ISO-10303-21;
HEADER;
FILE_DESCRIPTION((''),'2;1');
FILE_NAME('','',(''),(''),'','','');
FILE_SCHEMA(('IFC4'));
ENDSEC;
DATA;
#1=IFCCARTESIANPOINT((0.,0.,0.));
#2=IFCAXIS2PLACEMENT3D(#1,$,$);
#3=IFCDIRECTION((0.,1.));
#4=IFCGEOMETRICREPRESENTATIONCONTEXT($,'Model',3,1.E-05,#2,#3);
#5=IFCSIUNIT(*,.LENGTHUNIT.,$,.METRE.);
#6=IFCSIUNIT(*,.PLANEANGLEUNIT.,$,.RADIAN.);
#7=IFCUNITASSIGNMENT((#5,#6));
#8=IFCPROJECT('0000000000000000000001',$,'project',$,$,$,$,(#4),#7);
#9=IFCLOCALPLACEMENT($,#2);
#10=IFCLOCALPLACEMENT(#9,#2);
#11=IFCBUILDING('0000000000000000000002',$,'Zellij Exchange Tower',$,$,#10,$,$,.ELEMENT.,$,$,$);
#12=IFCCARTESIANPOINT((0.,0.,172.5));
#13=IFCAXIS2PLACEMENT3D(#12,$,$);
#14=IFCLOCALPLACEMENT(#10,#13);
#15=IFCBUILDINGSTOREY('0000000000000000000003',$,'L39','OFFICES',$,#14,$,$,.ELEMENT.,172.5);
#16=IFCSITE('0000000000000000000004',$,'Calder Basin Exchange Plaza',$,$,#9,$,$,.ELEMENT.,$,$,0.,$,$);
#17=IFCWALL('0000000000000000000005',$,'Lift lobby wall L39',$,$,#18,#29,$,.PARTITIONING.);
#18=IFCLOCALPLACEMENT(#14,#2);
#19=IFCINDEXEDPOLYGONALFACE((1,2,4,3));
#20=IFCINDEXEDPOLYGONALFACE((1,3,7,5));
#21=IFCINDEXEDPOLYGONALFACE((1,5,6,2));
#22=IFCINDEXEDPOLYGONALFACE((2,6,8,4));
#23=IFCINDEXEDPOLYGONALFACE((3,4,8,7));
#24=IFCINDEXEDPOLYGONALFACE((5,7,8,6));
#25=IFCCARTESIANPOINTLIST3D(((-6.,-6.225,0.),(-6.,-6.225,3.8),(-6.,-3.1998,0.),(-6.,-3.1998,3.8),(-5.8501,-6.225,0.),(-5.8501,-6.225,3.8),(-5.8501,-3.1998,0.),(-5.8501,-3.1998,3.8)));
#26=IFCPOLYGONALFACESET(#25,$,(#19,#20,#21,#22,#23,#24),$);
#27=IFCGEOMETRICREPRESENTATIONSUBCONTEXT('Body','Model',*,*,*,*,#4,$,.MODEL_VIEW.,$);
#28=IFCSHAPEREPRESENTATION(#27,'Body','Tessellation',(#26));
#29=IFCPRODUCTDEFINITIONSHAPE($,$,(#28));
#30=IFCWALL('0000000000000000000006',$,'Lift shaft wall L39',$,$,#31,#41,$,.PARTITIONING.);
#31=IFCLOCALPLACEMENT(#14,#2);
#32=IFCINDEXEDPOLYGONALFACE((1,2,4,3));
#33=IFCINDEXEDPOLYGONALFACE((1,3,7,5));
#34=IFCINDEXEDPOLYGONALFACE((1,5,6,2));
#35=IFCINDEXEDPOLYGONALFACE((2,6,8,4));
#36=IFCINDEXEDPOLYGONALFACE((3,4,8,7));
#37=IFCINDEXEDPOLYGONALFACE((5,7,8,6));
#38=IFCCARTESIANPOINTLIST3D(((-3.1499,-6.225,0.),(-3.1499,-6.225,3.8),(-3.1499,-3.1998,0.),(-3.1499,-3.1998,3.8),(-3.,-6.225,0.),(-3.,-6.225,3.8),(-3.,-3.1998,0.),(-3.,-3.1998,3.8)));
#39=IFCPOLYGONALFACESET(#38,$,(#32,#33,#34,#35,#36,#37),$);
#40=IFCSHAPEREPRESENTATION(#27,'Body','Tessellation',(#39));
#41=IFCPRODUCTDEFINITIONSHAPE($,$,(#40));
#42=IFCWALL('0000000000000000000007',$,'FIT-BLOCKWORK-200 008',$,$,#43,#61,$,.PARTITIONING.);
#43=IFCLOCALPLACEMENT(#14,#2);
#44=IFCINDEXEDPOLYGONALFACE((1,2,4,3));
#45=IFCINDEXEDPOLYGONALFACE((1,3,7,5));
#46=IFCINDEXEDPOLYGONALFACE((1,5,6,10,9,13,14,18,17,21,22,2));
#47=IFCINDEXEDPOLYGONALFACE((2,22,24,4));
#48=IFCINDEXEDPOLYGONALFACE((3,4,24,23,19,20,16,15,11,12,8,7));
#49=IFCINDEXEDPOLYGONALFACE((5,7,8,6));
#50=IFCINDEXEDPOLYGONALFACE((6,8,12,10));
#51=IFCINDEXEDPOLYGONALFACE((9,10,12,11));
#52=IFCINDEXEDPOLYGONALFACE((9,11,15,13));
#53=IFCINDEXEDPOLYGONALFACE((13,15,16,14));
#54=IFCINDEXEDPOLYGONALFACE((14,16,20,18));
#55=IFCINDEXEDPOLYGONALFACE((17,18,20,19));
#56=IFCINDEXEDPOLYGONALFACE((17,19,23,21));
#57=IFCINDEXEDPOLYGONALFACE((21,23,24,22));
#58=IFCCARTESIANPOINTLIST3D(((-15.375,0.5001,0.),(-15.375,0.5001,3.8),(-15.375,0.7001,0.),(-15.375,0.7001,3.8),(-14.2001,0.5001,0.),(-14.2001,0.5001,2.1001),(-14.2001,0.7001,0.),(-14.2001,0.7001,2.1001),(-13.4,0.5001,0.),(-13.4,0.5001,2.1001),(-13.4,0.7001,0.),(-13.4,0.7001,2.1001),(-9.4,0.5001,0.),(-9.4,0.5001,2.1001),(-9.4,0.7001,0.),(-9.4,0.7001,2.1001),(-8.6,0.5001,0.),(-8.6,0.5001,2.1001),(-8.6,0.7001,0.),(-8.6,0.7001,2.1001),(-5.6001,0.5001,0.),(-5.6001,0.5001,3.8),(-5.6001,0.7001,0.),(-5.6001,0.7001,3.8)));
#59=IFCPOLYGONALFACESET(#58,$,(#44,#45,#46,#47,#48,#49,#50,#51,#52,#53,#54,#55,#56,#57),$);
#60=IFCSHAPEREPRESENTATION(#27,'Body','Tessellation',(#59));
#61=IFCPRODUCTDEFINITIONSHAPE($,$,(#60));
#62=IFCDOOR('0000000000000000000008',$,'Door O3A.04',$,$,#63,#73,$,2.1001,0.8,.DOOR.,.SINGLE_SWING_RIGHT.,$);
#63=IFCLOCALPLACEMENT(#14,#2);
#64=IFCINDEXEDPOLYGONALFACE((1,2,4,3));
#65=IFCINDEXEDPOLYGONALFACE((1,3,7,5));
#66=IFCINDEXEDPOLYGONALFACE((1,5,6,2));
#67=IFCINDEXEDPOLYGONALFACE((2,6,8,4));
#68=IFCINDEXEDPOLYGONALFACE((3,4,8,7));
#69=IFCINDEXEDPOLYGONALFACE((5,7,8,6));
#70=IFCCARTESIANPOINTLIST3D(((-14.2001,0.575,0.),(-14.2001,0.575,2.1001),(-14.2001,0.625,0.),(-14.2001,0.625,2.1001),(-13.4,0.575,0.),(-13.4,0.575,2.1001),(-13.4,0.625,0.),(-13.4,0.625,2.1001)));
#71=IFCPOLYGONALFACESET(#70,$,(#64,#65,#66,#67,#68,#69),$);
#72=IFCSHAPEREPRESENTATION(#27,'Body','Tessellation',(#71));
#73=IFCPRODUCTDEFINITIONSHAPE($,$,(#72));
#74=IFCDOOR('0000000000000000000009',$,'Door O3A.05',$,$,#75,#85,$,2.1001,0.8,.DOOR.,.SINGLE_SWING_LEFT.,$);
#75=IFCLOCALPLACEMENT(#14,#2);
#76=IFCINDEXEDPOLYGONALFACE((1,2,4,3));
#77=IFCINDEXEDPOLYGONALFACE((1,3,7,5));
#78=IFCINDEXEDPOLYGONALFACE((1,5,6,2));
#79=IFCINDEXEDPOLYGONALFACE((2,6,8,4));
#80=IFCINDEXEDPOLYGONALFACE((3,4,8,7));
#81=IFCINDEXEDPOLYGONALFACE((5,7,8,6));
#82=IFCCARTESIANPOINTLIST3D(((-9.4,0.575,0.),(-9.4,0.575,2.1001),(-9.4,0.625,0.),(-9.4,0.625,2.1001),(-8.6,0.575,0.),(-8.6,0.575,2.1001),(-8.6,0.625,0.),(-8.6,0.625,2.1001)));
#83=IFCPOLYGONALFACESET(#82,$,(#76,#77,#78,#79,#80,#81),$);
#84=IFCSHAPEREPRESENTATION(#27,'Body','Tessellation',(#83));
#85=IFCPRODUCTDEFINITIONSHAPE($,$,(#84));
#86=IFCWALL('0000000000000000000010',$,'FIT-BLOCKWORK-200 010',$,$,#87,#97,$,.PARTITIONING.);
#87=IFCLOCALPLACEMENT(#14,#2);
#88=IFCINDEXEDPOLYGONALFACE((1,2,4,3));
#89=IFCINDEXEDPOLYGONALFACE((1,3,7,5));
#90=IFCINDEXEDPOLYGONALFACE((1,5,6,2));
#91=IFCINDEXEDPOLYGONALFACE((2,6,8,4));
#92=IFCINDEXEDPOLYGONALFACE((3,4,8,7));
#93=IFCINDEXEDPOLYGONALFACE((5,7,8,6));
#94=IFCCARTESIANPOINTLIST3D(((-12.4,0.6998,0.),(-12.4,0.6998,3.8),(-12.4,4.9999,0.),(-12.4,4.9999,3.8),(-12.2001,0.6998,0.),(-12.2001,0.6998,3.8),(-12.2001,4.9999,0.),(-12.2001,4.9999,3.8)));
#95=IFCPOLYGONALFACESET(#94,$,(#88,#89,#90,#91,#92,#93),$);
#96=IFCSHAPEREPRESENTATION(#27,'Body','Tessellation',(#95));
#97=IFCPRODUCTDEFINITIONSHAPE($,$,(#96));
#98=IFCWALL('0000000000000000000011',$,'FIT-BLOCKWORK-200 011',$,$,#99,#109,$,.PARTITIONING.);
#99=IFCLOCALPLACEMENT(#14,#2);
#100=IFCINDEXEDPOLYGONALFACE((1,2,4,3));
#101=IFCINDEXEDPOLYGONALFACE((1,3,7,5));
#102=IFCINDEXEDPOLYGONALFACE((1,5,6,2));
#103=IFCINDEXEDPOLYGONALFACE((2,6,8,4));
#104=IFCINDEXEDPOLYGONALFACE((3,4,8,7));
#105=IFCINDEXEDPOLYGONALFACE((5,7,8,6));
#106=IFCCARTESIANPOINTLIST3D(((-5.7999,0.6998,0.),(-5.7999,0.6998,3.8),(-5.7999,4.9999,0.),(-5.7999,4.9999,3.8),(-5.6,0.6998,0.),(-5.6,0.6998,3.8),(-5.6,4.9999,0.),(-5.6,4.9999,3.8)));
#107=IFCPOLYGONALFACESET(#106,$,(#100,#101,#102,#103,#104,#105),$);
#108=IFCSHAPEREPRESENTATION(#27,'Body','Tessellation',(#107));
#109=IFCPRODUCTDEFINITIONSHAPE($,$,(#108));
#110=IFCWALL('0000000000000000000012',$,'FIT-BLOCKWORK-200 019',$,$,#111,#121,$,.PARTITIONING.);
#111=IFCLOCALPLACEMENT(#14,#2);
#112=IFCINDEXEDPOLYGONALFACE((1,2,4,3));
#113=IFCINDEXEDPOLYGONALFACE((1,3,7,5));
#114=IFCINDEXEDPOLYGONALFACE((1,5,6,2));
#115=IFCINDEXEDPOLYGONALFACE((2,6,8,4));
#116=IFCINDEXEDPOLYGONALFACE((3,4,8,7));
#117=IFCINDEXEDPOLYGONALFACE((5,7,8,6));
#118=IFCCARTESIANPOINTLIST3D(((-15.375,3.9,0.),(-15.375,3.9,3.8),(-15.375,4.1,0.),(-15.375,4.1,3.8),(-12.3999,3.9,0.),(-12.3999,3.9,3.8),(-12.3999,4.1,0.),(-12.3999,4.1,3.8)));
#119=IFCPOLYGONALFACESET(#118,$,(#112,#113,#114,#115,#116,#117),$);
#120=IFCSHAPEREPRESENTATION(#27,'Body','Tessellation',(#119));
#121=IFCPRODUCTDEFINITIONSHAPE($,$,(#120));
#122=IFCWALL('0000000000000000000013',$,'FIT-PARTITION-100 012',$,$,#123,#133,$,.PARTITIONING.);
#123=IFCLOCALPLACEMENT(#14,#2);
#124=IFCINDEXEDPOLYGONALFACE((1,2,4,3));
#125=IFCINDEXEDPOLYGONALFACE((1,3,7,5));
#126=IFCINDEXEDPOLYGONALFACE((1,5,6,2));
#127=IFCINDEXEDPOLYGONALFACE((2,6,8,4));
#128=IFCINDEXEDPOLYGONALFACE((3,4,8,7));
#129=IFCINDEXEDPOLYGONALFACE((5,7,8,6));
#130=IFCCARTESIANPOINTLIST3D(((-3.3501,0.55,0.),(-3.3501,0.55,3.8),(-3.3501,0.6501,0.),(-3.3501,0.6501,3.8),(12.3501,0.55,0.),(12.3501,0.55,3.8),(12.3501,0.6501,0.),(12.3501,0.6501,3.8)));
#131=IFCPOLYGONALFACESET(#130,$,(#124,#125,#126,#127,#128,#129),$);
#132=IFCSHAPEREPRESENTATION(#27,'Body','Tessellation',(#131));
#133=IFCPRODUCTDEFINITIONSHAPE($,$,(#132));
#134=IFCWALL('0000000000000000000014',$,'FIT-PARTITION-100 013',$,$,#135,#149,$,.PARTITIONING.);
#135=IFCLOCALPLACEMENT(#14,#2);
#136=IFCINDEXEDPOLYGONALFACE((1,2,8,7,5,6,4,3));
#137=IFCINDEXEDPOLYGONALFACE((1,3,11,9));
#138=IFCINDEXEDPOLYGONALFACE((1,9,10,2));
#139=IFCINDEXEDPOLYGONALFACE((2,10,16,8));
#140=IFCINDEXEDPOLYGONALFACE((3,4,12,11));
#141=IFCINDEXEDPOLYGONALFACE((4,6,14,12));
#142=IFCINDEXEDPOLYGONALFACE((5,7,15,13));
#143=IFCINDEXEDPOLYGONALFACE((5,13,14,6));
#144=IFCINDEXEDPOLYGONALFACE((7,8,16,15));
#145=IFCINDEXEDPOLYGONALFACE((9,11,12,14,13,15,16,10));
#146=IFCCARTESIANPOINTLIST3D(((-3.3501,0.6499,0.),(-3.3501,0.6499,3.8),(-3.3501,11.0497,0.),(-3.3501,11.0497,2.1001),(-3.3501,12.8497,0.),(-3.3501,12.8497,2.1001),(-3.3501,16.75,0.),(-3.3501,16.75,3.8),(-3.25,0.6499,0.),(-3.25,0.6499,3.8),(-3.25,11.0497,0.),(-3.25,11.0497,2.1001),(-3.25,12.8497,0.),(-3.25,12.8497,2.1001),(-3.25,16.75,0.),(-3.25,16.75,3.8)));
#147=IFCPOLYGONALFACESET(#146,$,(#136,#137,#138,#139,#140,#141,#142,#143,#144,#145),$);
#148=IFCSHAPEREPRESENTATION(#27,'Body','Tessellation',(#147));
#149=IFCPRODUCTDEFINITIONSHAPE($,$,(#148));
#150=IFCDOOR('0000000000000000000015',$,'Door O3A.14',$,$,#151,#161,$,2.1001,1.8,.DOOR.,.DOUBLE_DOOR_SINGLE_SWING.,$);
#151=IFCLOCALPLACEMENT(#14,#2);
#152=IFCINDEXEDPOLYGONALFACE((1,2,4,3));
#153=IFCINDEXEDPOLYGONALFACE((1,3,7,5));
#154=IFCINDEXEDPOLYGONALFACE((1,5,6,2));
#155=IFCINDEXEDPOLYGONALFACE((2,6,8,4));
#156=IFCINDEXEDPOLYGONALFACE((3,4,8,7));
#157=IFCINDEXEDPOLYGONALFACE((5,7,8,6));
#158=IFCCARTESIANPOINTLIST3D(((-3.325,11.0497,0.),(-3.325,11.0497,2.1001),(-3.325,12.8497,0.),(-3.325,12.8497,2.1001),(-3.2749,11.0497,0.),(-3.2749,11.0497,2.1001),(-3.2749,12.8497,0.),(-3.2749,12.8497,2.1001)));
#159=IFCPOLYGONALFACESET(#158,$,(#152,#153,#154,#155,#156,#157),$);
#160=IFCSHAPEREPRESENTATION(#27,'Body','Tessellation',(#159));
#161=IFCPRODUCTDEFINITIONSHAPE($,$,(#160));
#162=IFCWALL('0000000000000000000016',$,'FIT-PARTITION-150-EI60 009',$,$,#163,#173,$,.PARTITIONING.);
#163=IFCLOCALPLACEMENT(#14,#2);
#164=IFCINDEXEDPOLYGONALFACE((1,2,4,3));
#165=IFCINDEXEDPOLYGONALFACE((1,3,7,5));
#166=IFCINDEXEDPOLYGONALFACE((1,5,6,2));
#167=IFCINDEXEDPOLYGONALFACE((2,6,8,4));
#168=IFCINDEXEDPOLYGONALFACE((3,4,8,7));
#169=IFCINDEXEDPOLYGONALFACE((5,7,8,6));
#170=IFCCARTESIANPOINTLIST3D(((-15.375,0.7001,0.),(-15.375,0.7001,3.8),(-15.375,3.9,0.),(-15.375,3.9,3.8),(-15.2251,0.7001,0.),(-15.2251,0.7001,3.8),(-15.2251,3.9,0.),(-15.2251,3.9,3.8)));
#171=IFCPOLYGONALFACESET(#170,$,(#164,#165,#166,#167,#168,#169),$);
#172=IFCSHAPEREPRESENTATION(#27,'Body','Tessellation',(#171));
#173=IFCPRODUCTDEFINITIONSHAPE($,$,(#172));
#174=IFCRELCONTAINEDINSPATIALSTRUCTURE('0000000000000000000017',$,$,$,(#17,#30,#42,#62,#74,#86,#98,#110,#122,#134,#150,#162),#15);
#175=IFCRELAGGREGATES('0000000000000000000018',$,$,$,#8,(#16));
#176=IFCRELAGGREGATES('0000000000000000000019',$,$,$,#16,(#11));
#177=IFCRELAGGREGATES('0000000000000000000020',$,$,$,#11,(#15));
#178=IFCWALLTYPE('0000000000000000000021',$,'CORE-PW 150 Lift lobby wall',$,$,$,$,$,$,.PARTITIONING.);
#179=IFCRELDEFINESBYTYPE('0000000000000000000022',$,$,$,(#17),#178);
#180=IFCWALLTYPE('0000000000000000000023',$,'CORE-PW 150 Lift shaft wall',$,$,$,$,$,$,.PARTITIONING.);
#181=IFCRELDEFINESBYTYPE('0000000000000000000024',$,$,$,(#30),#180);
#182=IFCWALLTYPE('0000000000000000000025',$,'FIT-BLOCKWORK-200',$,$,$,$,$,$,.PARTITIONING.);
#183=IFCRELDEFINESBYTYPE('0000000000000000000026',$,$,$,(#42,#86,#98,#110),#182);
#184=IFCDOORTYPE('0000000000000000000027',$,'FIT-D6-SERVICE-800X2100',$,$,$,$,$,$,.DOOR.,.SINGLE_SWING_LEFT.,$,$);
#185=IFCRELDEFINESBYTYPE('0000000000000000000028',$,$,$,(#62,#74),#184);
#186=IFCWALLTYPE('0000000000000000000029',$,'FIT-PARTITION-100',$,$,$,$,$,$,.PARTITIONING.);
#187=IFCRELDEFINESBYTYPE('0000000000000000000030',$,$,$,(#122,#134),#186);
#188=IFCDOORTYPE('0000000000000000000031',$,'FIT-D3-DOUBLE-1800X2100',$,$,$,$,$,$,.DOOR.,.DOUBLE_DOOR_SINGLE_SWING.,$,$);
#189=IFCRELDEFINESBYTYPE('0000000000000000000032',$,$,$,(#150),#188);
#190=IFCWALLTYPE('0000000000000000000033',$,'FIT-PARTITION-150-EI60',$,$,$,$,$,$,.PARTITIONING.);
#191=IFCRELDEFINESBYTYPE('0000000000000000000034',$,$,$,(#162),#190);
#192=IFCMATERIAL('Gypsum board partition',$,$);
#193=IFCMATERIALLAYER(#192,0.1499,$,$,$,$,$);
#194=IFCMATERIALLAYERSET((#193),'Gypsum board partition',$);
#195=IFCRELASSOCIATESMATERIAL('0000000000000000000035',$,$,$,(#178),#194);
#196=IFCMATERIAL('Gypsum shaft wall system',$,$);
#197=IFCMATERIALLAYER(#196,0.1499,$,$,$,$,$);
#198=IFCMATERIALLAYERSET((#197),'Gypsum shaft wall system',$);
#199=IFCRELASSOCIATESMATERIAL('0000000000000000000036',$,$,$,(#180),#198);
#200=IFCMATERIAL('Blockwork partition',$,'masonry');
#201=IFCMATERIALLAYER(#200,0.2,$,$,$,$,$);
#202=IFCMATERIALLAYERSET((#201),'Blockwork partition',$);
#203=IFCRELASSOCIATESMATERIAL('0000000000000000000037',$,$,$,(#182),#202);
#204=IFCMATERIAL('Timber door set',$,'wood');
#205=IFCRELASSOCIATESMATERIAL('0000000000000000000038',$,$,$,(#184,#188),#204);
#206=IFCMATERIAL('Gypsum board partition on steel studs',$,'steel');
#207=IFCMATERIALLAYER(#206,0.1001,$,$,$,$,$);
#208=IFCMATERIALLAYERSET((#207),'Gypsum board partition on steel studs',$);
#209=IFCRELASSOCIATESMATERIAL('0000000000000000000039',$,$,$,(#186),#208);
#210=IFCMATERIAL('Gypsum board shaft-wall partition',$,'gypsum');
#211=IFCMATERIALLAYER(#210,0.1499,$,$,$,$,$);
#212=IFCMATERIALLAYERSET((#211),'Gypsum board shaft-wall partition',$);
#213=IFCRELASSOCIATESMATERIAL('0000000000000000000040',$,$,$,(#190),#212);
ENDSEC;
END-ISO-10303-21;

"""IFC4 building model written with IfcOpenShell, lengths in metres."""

from ifc_helpers import new_model, si_unit, direction, frame, frame_2d, origin, place, context, subcontext, project, spatial, rectangle, extrude, material, layer, layer_set, type_object, element, fill, save


model = new_model("IFC4")

# Units and contexts
model_context = context("Model", 3, precision=1e-05, world=origin(), true_north=direction((0.0, 1.0)))
body_context = subcontext(model_context, "Body", "Model", "MODEL_VIEW")
ifc_project = project(units=[si_unit("LENGTHUNIT", "METRE"), si_unit("PLANEANGLEUNIT", "RADIAN")], contexts=[model_context])

# Site, building, storey
site_placement = place(None, origin())
site = spatial("IfcSite", under=ifc_project, at=site_placement, Name="Calder Basin Exchange Plaza", CompositionType="ELEMENT", RefElevation=0.0)
building_placement = place(site_placement, origin())
building = spatial("IfcBuilding", under=site, at=building_placement, Name="Zellij Exchange Tower", CompositionType="ELEMENT")
storey_placement = place(building_placement, frame((0.0, 0.0, 172.5)))
storey = spatial("IfcBuildingStorey", under=building, at=storey_placement, Name="L39", Description="OFFICES", CompositionType="ELEMENT", Elevation=172.5)

# Walls
ifc_material_1 = material(Name="Gypsum board partition")
ifc_layer_1 = layer(ifc_material_1, 0.1499)
ifc_layer_set_1 = layer_set([ifc_layer_1], Name="Gypsum board partition")
wall_type_1 = type_object("IfcWallType", Name="CORE-PW 150 Lift lobby wall", PredefinedType="PARTITIONING", material=ifc_layer_set_1)
for number, where, z_axis, x_axis, name in (
    (1, (-5.925, -6.2251, 0.0), (0.0, 0.0, 1.0), (0.0, 1.0, 0.0), "Lift lobby wall L39"),
):
    element("IfcWall", number, at=place(storey_placement, frame(where, z_axis=z_axis, x_axis=x_axis)), inside=storey, type_object=wall_type_1, Name=name, PredefinedType="PARTITIONING", context=body_context, shape_type="SweptSolid", body=[
        extrude(rectangle(XDim=3.0251, YDim=0.1499, at=frame_2d((1.5127, 0.0))), origin(), (0.0, 0.0, 1.0), 3.8),
    ])
ifc_material_2 = material(Name="Gypsum shaft wall system")
ifc_layer_2 = layer(ifc_material_2, 0.1499)
ifc_layer_set_2 = layer_set([ifc_layer_2], Name="Gypsum shaft wall system")
wall_type_2 = type_object("IfcWallType", Name="CORE-PW 150 Lift shaft wall", PredefinedType="PARTITIONING", material=ifc_layer_set_2)
wall_1_placement = place(storey_placement, frame((-3.075, -6.2251, 0.0), z_axis=(0.0, 0.0, 1.0), x_axis=(0.0, 1.0, 0.0)))
element("IfcWall", 2, at=wall_1_placement, inside=storey, type_object=wall_type_2, Name="Lift shaft wall L39", PredefinedType="PARTITIONING", context=body_context, shape_type="SweptSolid", body=[
    extrude(rectangle(XDim=3.0251, YDim=0.1499, at=frame_2d((1.5127, 0.0))), origin(), (0.0, 0.0, 1.0), 3.8),
])

# Wall, openings, doors
ifc_material_3 = material(Name="Blockwork partition", Category="masonry")
ifc_layer_3 = layer(ifc_material_3, 0.2)
ifc_layer_set_3 = layer_set([ifc_layer_3], Name="Blockwork partition")
wall_type_3 = type_object("IfcWallType", Name="FIT-BLOCKWORK-200", PredefinedType="PARTITIONING", material=ifc_layer_set_3)
wall_2_placement = place(storey_placement, frame((-15.375, 0.6001, 0.0), z_axis=(0.0, 0.0, 1.0), x_axis=(1.0, 0.0, 0.0)))
wall_2 = element("IfcWall", 3, at=wall_2_placement, inside=storey, type_object=wall_type_3, Name="FIT-BLOCKWORK-200 008", PredefinedType="PARTITIONING", context=body_context, shape_type="SweptSolid", body=[
    extrude(rectangle(XDim=9.7749, YDim=0.2, at=frame_2d((4.8875, 0.0))), origin(), (0.0, 0.0, 1.0), 3.8),
])
opening_1_placement = place(wall_2_placement, frame((1.175, 0.0, 0.0)))
opening_1 = element("IfcOpeningElement", 4, at=opening_1_placement, cuts=wall_2, PredefinedType="OPENING", context=body_context, shape_type="SweptSolid", body=[
    extrude(rectangle(XDim=0.8, YDim=2.1001, at=frame_2d((0.3999, 1.05))), frame((0.0, 0.1118, 0.0), z_axis=(0.0, -1.0, 0.0), x_axis=(1.0, 0.0, 0.0)), (0.0, 0.0, 1.0), 0.2239),
])
opening_2_placement = place(wall_2_placement, frame((5.9751, 0.0, 0.0)))
opening_2 = element("IfcOpeningElement", 5, at=opening_2_placement, cuts=wall_2, PredefinedType="OPENING", context=body_context, shape_type="SweptSolid", body=[
    extrude(rectangle(XDim=0.8, YDim=2.1001, at=frame_2d((0.3999, 1.05))), frame((0.0, 0.1118, 0.0), z_axis=(0.0, -1.0, 0.0), x_axis=(1.0, 0.0, 0.0)), (0.0, 0.0, 1.0), 0.2239),
])
ifc_material_4 = material(Name="Timber door set", Category="wood")
door_type_1 = type_object("IfcDoorType", Name="FIT-D6-SERVICE-800X2100", OperationType="SINGLE_SWING_LEFT", PredefinedType="DOOR", material=ifc_material_4)
door_1_placement = place(opening_1_placement, origin())
door_1 = element("IfcDoor", 6, at=door_1_placement, inside=storey, type_object=door_type_1, Name="Door O3A.04", OperationType="SINGLE_SWING_RIGHT", OverallHeight=2.1001, OverallWidth=0.8, PredefinedType="DOOR", context=body_context, shape_type="SweptSolid", body=[
    extrude(rectangle(XDim=0.8, YDim=2.1001, at=frame_2d((0.3999, 1.05))), frame((0.0, 0.0249, 0.0), z_axis=(0.0, -1.0, 0.0), x_axis=(1.0, 0.0, 0.0)), (0.0, 0.0, 1.0), 0.05),
])
fill(opening_1, door_1)
door_2_placement = place(opening_2_placement, origin())
door_2 = element("IfcDoor", 7, at=door_2_placement, inside=storey, type_object=door_type_1, Name="Door O3A.05", OperationType="SINGLE_SWING_LEFT", OverallHeight=2.1001, OverallWidth=0.8, PredefinedType="DOOR", context=body_context, shape_type="SweptSolid", body=[
    extrude(rectangle(XDim=0.8, YDim=2.1001, at=frame_2d((0.3999, 1.05))), frame((0.0, 0.0249, 0.0), z_axis=(0.0, -1.0, 0.0), x_axis=(1.0, 0.0, 0.0)), (0.0, 0.0, 1.0), 0.05),
])
fill(opening_2, door_2)

# Walls
for number, where, z_axis, x_axis, name in (
    (8, (-12.3, 0.7, 0.0), (0.0, 0.0, 1.0), (0.0, 1.0, 0.0), "FIT-BLOCKWORK-200 010"),
    (9, (-5.7, 0.7, 0.0), (0.0, 0.0, 1.0), (0.0, 1.0, 0.0), "FIT-BLOCKWORK-200 011"),
):
    element("IfcWall", number, at=place(storey_placement, frame(where, z_axis=z_axis, x_axis=x_axis)), inside=storey, type_object=wall_type_3, Name=name, PredefinedType="PARTITIONING", context=body_context, shape_type="SweptSolid", body=[
        extrude(rectangle(XDim=4.3, YDim=0.2, at=frame_2d((2.1499, 0.0))), origin(), (0.0, 0.0, 1.0), 3.8),
    ])
wall_3_placement = place(storey_placement, frame((-15.375, 4.0, 0.0), z_axis=(0.0, 0.0, 1.0), x_axis=(1.0, 0.0, 0.0)))
element("IfcWall", 10, at=wall_3_placement, inside=storey, type_object=wall_type_3, Name="FIT-BLOCKWORK-200 019", PredefinedType="PARTITIONING", context=body_context, shape_type="SweptSolid", body=[
    extrude(rectangle(XDim=2.9751, YDim=0.2, at=frame_2d((1.4875, 0.0))), origin(), (0.0, 0.0, 1.0), 3.8),
])
ifc_material_5 = material(Name="Gypsum board partition on steel studs", Category="steel")
ifc_layer_4 = layer(ifc_material_5, 0.1001)
ifc_layer_set_4 = layer_set([ifc_layer_4], Name="Gypsum board partition on steel studs")
wall_type_4 = type_object("IfcWallType", Name="FIT-PARTITION-100", PredefinedType="PARTITIONING", material=ifc_layer_set_4)
wall_4_placement = place(storey_placement, frame((-3.3501, 0.6001, 0.0), z_axis=(0.0, 0.0, 1.0), x_axis=(1.0, 0.0, 0.0)))
element("IfcWall", 11, at=wall_4_placement, inside=storey, type_object=wall_type_4, Name="FIT-PARTITION-100 012", PredefinedType="PARTITIONING", context=body_context, shape_type="SweptSolid", body=[
    extrude(rectangle(XDim=15.7002, YDim=0.1001, at=frame_2d((7.8501, 0.0))), origin(), (0.0, 0.0, 1.0), 3.8),
])

# Wall, opening, door
wall_5_placement = place(storey_placement, frame((-3.3, 0.6499, 0.0), z_axis=(0.0, 0.0, 1.0), x_axis=(0.0, 1.0, 0.0)))
wall_5 = element("IfcWall", 12, at=wall_5_placement, inside=storey, type_object=wall_type_4, Name="FIT-PARTITION-100 013", PredefinedType="PARTITIONING", context=body_context, shape_type="SweptSolid", body=[
    extrude(rectangle(XDim=16.1001, YDim=0.1001, at=frame_2d((8.05, 0.0))), origin(), (0.0, 0.0, 1.0), 3.8),
])
opening_3_placement = place(wall_5_placement, frame((10.3999, 0.0, 0.0)))
opening_3 = element("IfcOpeningElement", 13, at=opening_3_placement, cuts=wall_5, PredefinedType="OPENING", context=body_context, shape_type="SweptSolid", body=[
    extrude(rectangle(XDim=1.8, YDim=2.1001, at=frame_2d((0.8999, 1.05))), frame((0.0, 0.062, 0.0), z_axis=(0.0, -1.0, 0.0), x_axis=(1.0, 0.0, 0.0)), (0.0, 0.0, 1.0), 0.124),
])
door_type_2 = type_object("IfcDoorType", Name="FIT-D3-DOUBLE-1800X2100", OperationType="DOUBLE_DOOR_SINGLE_SWING", PredefinedType="DOOR", material=ifc_material_4)
door_3_placement = place(opening_3_placement, origin())
door_3 = element("IfcDoor", 14, at=door_3_placement, inside=storey, type_object=door_type_2, Name="Door O3A.14", OperationType="DOUBLE_DOOR_SINGLE_SWING", OverallHeight=2.1001, OverallWidth=1.8, PredefinedType="DOOR", context=body_context, shape_type="SweptSolid", body=[
    extrude(rectangle(XDim=1.8, YDim=2.1001, at=frame_2d((0.8999, 1.05))), frame((0.0, 0.0249, 0.0), z_axis=(0.0, -1.0, 0.0), x_axis=(1.0, 0.0, 0.0)), (0.0, 0.0, 1.0), 0.05),
])
fill(opening_3, door_3)

# Wall
ifc_material_6 = material(Name="Gypsum board shaft-wall partition", Category="gypsum")
ifc_layer_5 = layer(ifc_material_6, 0.1499)
ifc_layer_set_5 = layer_set([ifc_layer_5], Name="Gypsum board shaft-wall partition")
wall_type_5 = type_object("IfcWallType", Name="FIT-PARTITION-150-EI60", PredefinedType="PARTITIONING", material=ifc_layer_set_5)
wall_6_placement = place(storey_placement, frame((-15.3, 0.7, 0.0), z_axis=(0.0, 0.0, 1.0), x_axis=(0.0, 1.0, 0.0)))
element("IfcWall", 15, at=wall_6_placement, inside=storey, type_object=wall_type_5, Name="FIT-PARTITION-150-EI60 009", PredefinedType="PARTITIONING", context=body_context, shape_type="SweptSolid", body=[
    extrude(rectangle(XDim=3.2, YDim=0.1499, at=frame_2d((1.6001, 0.0))), origin(), (0.0, 0.0, 1.0), 3.8),
])

save(model, "model.ifc")
